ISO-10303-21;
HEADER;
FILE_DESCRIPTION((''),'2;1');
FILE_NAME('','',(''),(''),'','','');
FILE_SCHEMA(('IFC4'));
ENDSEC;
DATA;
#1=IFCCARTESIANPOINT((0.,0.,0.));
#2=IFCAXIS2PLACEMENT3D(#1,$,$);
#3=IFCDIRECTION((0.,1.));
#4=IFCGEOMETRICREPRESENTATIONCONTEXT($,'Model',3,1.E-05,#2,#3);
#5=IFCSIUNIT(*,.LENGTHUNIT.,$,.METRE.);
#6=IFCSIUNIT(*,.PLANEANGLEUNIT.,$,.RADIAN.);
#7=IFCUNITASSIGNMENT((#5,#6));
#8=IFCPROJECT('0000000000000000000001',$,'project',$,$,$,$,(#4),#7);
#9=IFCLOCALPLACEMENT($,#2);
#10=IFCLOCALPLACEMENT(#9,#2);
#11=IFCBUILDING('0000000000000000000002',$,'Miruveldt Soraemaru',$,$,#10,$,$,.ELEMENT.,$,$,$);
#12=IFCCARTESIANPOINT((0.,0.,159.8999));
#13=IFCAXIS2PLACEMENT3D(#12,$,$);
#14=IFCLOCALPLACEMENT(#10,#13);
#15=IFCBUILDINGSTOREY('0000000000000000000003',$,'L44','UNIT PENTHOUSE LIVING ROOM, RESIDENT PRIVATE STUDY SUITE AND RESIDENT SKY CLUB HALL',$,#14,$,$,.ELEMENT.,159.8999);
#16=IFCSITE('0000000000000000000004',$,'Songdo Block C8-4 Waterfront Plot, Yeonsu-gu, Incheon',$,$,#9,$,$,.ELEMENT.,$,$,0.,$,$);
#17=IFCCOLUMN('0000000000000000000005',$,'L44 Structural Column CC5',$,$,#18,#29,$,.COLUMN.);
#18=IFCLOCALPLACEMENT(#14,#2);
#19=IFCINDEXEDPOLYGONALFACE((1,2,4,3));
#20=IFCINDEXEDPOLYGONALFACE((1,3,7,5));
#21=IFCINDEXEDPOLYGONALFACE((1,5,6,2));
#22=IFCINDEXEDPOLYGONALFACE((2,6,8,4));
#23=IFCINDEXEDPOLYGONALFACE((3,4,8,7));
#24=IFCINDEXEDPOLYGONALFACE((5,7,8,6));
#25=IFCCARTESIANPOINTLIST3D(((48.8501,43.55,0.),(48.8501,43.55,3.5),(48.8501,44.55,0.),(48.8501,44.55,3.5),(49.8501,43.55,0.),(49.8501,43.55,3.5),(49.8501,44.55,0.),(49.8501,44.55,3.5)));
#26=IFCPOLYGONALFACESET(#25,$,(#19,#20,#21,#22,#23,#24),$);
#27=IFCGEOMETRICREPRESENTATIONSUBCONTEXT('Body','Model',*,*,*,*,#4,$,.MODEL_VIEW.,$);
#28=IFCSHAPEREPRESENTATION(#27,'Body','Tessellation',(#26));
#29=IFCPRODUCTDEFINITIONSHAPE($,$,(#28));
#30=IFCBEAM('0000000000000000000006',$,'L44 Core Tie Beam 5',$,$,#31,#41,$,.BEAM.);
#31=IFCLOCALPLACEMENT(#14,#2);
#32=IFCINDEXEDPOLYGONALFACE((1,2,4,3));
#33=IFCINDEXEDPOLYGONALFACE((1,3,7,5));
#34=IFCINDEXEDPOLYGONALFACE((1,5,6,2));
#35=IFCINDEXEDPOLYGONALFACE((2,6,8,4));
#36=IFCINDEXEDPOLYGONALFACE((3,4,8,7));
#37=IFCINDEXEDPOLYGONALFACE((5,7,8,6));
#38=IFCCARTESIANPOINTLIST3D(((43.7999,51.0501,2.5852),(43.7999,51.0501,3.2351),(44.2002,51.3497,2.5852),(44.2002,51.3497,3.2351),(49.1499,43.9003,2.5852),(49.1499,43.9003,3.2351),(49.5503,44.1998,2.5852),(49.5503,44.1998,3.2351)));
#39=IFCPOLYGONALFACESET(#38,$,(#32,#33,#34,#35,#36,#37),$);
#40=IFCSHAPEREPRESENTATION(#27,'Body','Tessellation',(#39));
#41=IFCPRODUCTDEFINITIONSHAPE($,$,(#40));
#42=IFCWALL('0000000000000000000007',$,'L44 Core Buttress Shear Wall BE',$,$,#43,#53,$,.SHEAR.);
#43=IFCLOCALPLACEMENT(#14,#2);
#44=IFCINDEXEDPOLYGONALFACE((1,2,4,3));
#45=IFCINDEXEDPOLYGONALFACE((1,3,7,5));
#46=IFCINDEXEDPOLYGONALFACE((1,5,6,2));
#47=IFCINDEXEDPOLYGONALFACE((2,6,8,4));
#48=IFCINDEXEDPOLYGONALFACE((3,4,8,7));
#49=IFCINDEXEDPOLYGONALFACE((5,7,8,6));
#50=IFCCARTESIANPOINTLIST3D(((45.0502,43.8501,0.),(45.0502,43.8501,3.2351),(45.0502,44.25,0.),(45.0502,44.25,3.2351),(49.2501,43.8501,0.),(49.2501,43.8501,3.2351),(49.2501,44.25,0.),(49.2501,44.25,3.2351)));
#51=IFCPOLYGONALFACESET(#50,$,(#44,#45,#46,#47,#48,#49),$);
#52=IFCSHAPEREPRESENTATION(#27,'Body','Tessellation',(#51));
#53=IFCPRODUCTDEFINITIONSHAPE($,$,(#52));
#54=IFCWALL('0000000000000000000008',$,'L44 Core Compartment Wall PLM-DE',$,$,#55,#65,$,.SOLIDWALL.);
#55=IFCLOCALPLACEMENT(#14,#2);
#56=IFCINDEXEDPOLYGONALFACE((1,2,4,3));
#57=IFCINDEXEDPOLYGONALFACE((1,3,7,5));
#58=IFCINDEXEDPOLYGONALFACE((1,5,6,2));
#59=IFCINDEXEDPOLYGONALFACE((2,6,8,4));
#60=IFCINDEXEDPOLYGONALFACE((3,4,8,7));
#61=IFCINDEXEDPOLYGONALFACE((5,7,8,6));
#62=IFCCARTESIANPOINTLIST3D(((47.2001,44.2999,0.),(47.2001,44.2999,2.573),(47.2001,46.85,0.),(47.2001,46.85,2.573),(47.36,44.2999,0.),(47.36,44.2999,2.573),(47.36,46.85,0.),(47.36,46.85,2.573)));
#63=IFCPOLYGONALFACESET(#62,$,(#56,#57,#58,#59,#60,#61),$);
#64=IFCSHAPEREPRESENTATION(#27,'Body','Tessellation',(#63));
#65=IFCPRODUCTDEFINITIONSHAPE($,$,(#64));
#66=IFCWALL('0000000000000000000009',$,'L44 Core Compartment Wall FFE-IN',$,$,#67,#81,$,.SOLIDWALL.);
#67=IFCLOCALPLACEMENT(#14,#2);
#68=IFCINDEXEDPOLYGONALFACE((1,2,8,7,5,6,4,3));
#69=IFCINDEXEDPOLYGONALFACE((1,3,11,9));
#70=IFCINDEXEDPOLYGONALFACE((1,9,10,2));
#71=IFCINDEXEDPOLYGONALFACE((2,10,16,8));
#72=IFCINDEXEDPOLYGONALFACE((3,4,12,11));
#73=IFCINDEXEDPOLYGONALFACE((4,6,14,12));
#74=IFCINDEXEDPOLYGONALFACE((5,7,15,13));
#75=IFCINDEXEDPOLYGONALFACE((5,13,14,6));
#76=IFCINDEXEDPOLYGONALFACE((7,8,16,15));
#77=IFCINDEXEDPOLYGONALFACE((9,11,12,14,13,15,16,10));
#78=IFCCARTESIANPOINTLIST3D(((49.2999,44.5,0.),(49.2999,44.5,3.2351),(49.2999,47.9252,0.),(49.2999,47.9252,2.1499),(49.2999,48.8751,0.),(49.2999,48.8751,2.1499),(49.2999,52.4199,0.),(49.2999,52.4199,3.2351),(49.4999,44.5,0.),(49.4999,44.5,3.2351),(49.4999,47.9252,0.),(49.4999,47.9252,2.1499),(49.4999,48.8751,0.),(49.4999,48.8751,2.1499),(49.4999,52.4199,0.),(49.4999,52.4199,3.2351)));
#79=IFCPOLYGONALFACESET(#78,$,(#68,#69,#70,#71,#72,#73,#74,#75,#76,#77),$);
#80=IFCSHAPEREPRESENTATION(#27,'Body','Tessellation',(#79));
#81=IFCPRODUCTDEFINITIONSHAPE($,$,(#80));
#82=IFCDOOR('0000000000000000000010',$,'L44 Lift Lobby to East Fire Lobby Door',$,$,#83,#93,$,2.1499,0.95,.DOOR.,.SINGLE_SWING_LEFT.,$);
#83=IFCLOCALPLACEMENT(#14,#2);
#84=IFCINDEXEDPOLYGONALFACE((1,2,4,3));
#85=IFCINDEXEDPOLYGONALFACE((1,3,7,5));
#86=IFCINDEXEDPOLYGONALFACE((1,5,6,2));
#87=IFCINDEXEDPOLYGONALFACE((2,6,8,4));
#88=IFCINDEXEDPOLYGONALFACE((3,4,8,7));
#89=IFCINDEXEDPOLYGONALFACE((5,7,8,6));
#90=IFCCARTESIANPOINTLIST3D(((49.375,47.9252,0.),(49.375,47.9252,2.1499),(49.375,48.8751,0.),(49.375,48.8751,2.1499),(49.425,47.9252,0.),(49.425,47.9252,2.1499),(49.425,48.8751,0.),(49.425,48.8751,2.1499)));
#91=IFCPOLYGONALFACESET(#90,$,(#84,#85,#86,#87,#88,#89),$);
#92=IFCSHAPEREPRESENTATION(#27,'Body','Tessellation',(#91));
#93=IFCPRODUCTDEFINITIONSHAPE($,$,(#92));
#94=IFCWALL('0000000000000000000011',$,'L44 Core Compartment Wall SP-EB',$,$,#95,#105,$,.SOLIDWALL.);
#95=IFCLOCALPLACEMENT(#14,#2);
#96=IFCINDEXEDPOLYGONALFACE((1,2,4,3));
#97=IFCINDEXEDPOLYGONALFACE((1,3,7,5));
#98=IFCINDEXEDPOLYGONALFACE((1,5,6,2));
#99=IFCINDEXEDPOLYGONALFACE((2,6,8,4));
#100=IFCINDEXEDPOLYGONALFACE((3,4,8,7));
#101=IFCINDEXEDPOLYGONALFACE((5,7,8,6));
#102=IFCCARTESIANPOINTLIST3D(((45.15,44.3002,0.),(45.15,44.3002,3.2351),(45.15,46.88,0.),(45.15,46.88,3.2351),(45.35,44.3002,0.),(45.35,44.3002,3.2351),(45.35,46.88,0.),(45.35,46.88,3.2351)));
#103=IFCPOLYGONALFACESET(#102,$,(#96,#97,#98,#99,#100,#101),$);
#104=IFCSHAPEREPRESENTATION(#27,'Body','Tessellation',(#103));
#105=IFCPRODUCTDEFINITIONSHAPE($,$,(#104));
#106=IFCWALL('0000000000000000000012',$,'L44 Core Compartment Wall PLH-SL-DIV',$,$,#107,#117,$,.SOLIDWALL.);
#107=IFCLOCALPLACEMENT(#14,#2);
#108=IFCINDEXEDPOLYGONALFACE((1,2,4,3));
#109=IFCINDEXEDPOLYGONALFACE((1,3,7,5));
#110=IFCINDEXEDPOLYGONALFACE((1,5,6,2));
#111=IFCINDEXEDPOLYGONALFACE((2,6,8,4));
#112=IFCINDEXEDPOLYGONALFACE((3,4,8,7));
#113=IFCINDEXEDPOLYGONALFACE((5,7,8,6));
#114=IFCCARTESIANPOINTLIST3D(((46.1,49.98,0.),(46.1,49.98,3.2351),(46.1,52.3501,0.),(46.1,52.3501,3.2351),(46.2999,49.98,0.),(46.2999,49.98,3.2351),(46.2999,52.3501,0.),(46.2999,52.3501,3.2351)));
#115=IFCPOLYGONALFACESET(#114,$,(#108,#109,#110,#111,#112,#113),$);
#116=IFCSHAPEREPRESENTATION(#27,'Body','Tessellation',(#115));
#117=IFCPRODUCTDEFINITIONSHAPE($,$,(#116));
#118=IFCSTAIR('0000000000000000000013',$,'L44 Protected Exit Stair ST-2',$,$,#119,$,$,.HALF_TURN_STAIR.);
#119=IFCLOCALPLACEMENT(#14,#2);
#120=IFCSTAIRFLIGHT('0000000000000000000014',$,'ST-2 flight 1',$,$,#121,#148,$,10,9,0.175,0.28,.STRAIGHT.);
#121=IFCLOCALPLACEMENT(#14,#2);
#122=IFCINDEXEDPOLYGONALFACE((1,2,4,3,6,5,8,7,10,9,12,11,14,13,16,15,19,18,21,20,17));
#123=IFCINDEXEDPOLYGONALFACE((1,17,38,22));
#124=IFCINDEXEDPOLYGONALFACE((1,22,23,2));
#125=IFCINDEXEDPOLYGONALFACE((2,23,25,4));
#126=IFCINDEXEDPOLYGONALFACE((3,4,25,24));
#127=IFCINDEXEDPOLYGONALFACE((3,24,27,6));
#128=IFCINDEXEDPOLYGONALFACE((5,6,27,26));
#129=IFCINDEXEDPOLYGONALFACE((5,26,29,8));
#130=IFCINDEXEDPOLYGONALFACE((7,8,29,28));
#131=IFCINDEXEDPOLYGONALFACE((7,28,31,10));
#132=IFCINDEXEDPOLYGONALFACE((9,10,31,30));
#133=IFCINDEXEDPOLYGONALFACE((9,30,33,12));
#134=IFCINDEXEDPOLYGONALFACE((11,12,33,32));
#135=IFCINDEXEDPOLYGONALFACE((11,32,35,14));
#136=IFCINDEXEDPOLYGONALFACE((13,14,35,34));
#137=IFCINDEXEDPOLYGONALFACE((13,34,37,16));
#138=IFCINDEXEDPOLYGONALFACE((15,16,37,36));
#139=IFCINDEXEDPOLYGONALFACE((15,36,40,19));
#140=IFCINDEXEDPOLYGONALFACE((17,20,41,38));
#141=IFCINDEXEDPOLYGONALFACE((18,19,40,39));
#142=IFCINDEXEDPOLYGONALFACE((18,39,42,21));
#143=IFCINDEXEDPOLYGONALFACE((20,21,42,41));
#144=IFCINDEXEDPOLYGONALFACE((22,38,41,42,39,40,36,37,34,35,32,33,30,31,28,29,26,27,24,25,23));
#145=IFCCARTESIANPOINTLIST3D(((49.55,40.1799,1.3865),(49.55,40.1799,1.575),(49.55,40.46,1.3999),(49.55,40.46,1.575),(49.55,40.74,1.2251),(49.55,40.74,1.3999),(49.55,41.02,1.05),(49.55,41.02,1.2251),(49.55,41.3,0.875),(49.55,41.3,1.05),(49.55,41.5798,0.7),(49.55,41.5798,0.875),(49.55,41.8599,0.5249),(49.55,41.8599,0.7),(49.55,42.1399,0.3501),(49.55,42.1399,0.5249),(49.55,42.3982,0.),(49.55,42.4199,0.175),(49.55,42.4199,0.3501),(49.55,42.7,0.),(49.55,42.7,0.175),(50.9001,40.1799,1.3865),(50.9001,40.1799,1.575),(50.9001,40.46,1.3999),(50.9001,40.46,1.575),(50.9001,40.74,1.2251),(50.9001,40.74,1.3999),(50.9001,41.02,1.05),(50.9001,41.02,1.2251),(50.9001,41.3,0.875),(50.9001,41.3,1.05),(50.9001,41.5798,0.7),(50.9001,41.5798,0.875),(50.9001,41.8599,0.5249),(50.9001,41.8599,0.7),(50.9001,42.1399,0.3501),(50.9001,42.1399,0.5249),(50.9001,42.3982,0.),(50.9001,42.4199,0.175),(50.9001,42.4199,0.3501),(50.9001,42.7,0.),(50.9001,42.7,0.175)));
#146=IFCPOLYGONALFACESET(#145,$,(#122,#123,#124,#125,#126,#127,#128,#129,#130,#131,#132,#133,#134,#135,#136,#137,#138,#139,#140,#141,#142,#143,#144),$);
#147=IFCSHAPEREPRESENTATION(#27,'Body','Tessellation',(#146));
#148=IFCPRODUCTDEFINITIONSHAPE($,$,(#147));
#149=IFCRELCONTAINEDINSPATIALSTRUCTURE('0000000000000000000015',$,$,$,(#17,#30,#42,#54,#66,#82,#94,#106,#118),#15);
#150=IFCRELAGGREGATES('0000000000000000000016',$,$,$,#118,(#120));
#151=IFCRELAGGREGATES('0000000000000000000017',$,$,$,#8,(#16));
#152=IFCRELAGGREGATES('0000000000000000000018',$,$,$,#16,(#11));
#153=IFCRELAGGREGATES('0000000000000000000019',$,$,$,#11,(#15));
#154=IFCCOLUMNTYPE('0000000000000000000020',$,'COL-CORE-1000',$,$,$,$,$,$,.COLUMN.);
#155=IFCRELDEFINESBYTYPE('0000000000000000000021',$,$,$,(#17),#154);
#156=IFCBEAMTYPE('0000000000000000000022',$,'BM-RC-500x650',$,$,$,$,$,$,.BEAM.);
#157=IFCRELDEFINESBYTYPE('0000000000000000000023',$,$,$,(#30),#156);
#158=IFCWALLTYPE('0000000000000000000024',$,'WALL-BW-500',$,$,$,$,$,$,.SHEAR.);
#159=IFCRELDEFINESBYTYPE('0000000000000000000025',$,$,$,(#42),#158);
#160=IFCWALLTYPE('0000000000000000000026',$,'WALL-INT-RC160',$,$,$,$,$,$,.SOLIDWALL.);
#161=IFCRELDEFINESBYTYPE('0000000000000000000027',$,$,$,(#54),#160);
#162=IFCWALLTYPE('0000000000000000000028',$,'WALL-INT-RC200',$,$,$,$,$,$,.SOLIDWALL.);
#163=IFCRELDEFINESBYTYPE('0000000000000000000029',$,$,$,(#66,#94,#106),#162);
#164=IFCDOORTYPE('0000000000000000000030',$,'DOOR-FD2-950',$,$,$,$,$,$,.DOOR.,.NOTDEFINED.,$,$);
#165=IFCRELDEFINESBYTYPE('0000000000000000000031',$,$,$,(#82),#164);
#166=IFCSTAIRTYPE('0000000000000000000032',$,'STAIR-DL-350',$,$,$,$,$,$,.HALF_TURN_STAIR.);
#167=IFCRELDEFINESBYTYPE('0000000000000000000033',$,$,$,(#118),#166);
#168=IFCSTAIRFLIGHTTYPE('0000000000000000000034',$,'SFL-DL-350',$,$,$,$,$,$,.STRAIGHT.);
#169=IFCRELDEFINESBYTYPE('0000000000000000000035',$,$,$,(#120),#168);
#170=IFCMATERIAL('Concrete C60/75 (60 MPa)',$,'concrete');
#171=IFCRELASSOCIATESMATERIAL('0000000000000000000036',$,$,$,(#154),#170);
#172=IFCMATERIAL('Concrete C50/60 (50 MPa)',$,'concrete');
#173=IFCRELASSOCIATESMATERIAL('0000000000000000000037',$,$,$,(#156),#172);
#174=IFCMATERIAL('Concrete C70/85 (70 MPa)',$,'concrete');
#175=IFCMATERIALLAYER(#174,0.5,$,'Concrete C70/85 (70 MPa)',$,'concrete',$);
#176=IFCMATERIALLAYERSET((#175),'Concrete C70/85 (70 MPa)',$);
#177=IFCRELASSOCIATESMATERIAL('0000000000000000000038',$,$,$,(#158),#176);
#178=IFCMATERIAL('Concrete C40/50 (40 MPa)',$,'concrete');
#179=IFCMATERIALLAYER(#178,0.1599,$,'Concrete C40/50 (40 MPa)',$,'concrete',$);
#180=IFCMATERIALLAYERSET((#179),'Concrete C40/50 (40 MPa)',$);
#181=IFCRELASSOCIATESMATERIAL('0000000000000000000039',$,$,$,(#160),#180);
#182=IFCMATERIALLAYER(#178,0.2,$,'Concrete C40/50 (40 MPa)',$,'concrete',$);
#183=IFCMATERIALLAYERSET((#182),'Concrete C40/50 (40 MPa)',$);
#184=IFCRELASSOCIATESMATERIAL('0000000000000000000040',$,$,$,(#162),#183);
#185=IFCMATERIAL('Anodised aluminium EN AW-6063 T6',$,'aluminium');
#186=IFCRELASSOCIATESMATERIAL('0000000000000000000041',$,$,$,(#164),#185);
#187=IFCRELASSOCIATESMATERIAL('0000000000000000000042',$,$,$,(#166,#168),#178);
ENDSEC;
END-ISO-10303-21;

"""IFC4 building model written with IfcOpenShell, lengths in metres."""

from ifc_helpers import new_model, si_unit, direction, frame, frame_2d, origin, origin_2d, place, context, subcontext, project, spatial, polyline, rectangle, outline, extrude, material, layer, layer_set, material_profile, profile_set, type_object, element, fill, aggregate, save


model = new_model("IFC4")

# Units and contexts
model_context = context("Model", 3, precision=1e-05, world=origin(), true_north=direction((0.0, 1.0)))
body_context = subcontext(model_context, "Body", "Model", "MODEL_VIEW")
ifc_project = project(units=[si_unit("LENGTHUNIT", "METRE"), si_unit("PLANEANGLEUNIT", "RADIAN")], contexts=[model_context])

# Site, building, storey
site_placement = place(None, origin())
site = spatial("IfcSite", under=ifc_project, at=site_placement, Name="Songdo Block C8-4 Waterfront Plot, Yeonsu-gu, Incheon", CompositionType="ELEMENT", RefElevation=0.0)
building_placement = place(site_placement, origin())
building = spatial("IfcBuilding", under=site, at=building_placement, Name="Miruveldt Soraemaru", CompositionType="ELEMENT")
storey_placement = place(building_placement, frame((0.0, 0.0, 159.8999)))
storey = spatial("IfcBuildingStorey", under=building, at=storey_placement, Name="L44", Description="UNIT PENTHOUSE LIVING ROOM, RESIDENT PRIVATE STUDY SUITE AND RESIDENT SKY CLUB HALL", CompositionType="ELEMENT", Elevation=159.8999)

# Column
ifc_material_1 = material(Name="Concrete C60/75 (60 MPa)", Category="concrete")
ifc_material_profile_1 = material_profile(ifc_material_1, rectangle(XDim=1.0, YDim=1.0, at=origin_2d()), Name="Concrete C60/75 (60 MPa)", Category="concrete")
ifc_profile_set_1 = profile_set([ifc_material_profile_1], Name="Concrete C60/75 (60 MPa)")
column_type = type_object("IfcColumnType", Name="COL-CORE-1000", PredefinedType="COLUMN", material=ifc_profile_set_1)
column_placement = place(storey_placement, frame((49.3501, 44.05, 0.0), z_axis=(0.0, 0.0, 1.0), x_axis=(1.0, 0.0, 0.0)))
element("IfcColumn", 1, at=column_placement, inside=storey, type_object=column_type, Name="L44 Structural Column CC5", PredefinedType="COLUMN", context=body_context, shape_type="SweptSolid", body=[
    extrude(rectangle(XDim=1.0, YDim=1.0, at=origin_2d()), origin(), (0.0, 0.0, 1.0), 3.5),
])

# Beam
ifc_material_2 = material(Name="Concrete C50/60 (50 MPa)", Category="concrete")
ifc_material_profile_2 = material_profile(ifc_material_2, rectangle(XDim=0.5, YDim=0.6499, at=origin_2d()), Name="Concrete C50/60 (50 MPa)", Category="concrete")
ifc_profile_set_2 = profile_set([ifc_material_profile_2], Name="Concrete C50/60 (50 MPa)")
beam_type = type_object("IfcBeamType", Name="BM-RC-500x650", PredefinedType="BEAM", material=ifc_profile_set_2)
beam_placement = place(storey_placement, frame((49.3501, 44.05, 2.9102), z_axis=(-0.599116, 0.800662, 0.0), x_axis=(-0.800662, -0.599116, 0.0)))
element("IfcBeam", 2, at=beam_placement, inside=storey, type_object=beam_type, Name="L44 Core Tie Beam 5", PredefinedType="BEAM", context=body_context, shape_type="SweptSolid", body=[
    extrude(rectangle(XDim=0.5, YDim=0.6499, at=origin_2d()), origin(), (0.0, 0.0, 1.0), 8.9299),
])

# Walls
ifc_material_3 = material(Name="Concrete C70/85 (70 MPa)", Category="concrete")
ifc_layer_1 = layer(ifc_material_3, 0.5, Name="Concrete C70/85 (70 MPa)", Category="concrete")
ifc_layer_set_1 = layer_set([ifc_layer_1], Name="Concrete C70/85 (70 MPa)")
wall_type_1 = type_object("IfcWallType", Name="WALL-BW-500", PredefinedType="SHEAR", material=ifc_layer_set_1)
wall_1_placement = place(storey_placement, frame((45.05, 44.05, 0.0), z_axis=(0.0, 0.0, 1.0), x_axis=(1.0, 0.0, 0.0)))
element("IfcWall", 3, at=wall_1_placement, inside=storey, type_object=wall_type_1, Name="L44 Core Buttress Shear Wall BE", PredefinedType="SHEAR", context=body_context, shape_type="SweptSolid", body=[
    extrude(rectangle(XDim=4.2, YDim=0.3999, at=frame_2d((2.1001, 0.0))), origin(), (0.0, 0.0, 1.0), 3.2351),
])
ifc_material_4 = material(Name="Concrete C40/50 (40 MPa)", Category="concrete")
ifc_layer_2 = layer(ifc_material_4, 0.1599, Name="Concrete C40/50 (40 MPa)", Category="concrete")
ifc_layer_set_2 = layer_set([ifc_layer_2], Name="Concrete C40/50 (40 MPa)")
wall_type_2 = type_object("IfcWallType", Name="WALL-INT-RC160", PredefinedType="SOLIDWALL", material=ifc_layer_set_2)
wall_2_placement = place(storey_placement, frame((47.28, 44.3, 0.0), z_axis=(0.0, 0.0, 1.0), x_axis=(0.0, 1.0, 0.0)))
element("IfcWall", 4, at=wall_2_placement, inside=storey, type_object=wall_type_2, Name="L44 Core Compartment Wall PLM-DE", PredefinedType="SOLIDWALL", context=body_context, shape_type="SweptSolid", body=[
    extrude(rectangle(XDim=2.55, YDim=0.1599, at=frame_2d((1.2749, 0.0))), origin(), (0.0, 0.0, 1.0), 2.573),
])

# Wall, opening, door
ifc_layer_3 = layer(ifc_material_4, 0.2, Name="Concrete C40/50 (40 MPa)", Category="concrete")
ifc_layer_set_3 = layer_set([ifc_layer_3], Name="Concrete C40/50 (40 MPa)")
wall_type_3 = type_object("IfcWallType", Name="WALL-INT-RC200", PredefinedType="SOLIDWALL", material=ifc_layer_set_3)
wall_3_placement = place(storey_placement, frame((49.3999, 44.5, 0.0), z_axis=(0.0, 0.0, 1.0), x_axis=(0.0, 1.0, 0.0)))
wall_3 = element("IfcWall", 5, at=wall_3_placement, inside=storey, type_object=wall_type_3, Name="L44 Core Compartment Wall FFE-IN", PredefinedType="SOLIDWALL", context=body_context, shape_type="SweptSolid", body=[
    extrude(rectangle(XDim=7.9199, YDim=0.2, at=frame_2d((3.96, 0.0))), origin(), (0.0, 0.0, 1.0), 3.2351),
])
opening_1_placement = place(wall_3_placement, frame((3.425, 0.0, 0.0)))
opening_1 = element("IfcOpeningElement", 6, at=opening_1_placement, cuts=wall_3, PredefinedType="OPENING", context=body_context, shape_type="SweptSolid", body=[
    extrude(rectangle(XDim=0.95, YDim=2.1499, at=frame_2d((0.4751, 1.075))), frame((0.0, 0.1099, 0.0), z_axis=(0.0, -1.0, 0.0), x_axis=(1.0, 0.0, 0.0)), (0.0, 0.0, 1.0), 0.22),
])
ifc_material_5 = material(Name="Anodised aluminium EN AW-6063 T6", Category="aluminium")
door_type_1 = type_object("IfcDoorType", Name="DOOR-FD2-950", OperationType="NOTDEFINED", PredefinedType="DOOR", material=ifc_material_5)
door_1_placement = place(opening_1_placement, origin())
door_1 = element("IfcDoor", 7, at=door_1_placement, inside=storey, type_object=door_type_1, Name="L44 Lift Lobby to East Fire Lobby Door", OperationType="SINGLE_SWING_LEFT", OverallHeight=2.1499, OverallWidth=0.95, PredefinedType="DOOR", context=body_context, shape_type="SweptSolid", body=[
    extrude(rectangle(XDim=0.95, YDim=2.1499, at=frame_2d((0.4751, 1.075))), frame((0.0, 0.0249, 0.0), z_axis=(0.0, -1.0, 0.0), x_axis=(1.0, 0.0, 0.0)), (0.0, 0.0, 1.0), 0.05),
])
fill(opening_1, door_1)

# Walls
wall_4_placement = place(storey_placement, frame((45.25, 44.3, 0.0), z_axis=(0.0, 0.0, 1.0), x_axis=(0.0, 1.0, 0.0)))
element("IfcWall", 8, at=wall_4_placement, inside=storey, type_object=wall_type_3, Name="L44 Core Compartment Wall SP-EB", PredefinedType="SOLIDWALL", context=body_context, shape_type="SweptSolid", body=[
    extrude(rectangle(XDim=2.5798, YDim=0.2, at=frame_2d((1.29, 0.0))), origin(), (0.0, 0.0, 1.0), 3.2351),
])
wall_5_placement = place(storey_placement, frame((46.2, 49.98, 0.0), z_axis=(0.0, 0.0, 1.0), x_axis=(0.0, 1.0, 0.0)))
element("IfcWall", 9, at=wall_5_placement, inside=storey, type_object=wall_type_3, Name="L44 Core Compartment Wall PLH-SL-DIV", PredefinedType="SOLIDWALL", context=body_context, shape_type="SweptSolid", body=[
    extrude(rectangle(XDim=2.3701, YDim=0.2, at=frame_2d((1.1851, 0.0))), origin(), (0.0, 0.0, 1.0), 3.2351),
])

# Stair, stair flight
stair_type = type_object("IfcStairType", Name="STAIR-DL-350", PredefinedType="HALF_TURN_STAIR", material=ifc_material_4)
stair_placement = place(storey_placement, origin())
stair = element("IfcStair", 10, at=stair_placement, inside=storey, type_object=stair_type, Name="L44 Protected Exit Stair ST-2", PredefinedType="HALF_TURN_STAIR")
stair_flight_type = type_object("IfcStairFlightType", Name="SFL-DL-350", PredefinedType="STRAIGHT", material=ifc_material_4)
stair_flight_placement = place(storey_placement, frame((50.2251, 42.7, 0.0), z_axis=(0.0, 0.0, 1.0), x_axis=(0.0, -1.0, 0.0)))
stair_flight = element("IfcStairFlight", 11, at=stair_flight_placement, type_object=stair_flight_type, Name="ST-2 flight 1", NumberOfRisers=10, NumberOfTreads=9, PredefinedType="STRAIGHT", RiserHeight=0.175, TreadLength=0.28, context=body_context, shape_type="SweptSolid", body=[
    extrude(outline(polyline([(0.0, 0.0), (0.0, 0.175), (0.28, 0.175), (0.28, 0.3501), (0.5601, 0.3501), (0.5601, 0.5249), (0.8401, 0.5249), (0.8401, 0.7), (1.1201, 0.7), (1.1201, 0.875), (1.3999, 0.875), (1.3999, 1.05), (1.6799, 1.05), (1.6799, 1.2251), (1.96, 1.2251), (1.96, 1.3999), (2.24, 1.3999), (2.24, 1.575), (2.52, 1.575), (2.52, 1.75), (2.52, 1.3865), (0.3018, 0.0), (0.0, 0.0)])), frame((0.0, 0.675, 0.0), z_axis=(0.0, -1.0, 0.0), x_axis=(1.0, 0.0, 0.0)), (0.0, 0.0, 1.0), 1.3501),
])
aggregate(stair, [stair_flight])

save(model, "model.ifc")
